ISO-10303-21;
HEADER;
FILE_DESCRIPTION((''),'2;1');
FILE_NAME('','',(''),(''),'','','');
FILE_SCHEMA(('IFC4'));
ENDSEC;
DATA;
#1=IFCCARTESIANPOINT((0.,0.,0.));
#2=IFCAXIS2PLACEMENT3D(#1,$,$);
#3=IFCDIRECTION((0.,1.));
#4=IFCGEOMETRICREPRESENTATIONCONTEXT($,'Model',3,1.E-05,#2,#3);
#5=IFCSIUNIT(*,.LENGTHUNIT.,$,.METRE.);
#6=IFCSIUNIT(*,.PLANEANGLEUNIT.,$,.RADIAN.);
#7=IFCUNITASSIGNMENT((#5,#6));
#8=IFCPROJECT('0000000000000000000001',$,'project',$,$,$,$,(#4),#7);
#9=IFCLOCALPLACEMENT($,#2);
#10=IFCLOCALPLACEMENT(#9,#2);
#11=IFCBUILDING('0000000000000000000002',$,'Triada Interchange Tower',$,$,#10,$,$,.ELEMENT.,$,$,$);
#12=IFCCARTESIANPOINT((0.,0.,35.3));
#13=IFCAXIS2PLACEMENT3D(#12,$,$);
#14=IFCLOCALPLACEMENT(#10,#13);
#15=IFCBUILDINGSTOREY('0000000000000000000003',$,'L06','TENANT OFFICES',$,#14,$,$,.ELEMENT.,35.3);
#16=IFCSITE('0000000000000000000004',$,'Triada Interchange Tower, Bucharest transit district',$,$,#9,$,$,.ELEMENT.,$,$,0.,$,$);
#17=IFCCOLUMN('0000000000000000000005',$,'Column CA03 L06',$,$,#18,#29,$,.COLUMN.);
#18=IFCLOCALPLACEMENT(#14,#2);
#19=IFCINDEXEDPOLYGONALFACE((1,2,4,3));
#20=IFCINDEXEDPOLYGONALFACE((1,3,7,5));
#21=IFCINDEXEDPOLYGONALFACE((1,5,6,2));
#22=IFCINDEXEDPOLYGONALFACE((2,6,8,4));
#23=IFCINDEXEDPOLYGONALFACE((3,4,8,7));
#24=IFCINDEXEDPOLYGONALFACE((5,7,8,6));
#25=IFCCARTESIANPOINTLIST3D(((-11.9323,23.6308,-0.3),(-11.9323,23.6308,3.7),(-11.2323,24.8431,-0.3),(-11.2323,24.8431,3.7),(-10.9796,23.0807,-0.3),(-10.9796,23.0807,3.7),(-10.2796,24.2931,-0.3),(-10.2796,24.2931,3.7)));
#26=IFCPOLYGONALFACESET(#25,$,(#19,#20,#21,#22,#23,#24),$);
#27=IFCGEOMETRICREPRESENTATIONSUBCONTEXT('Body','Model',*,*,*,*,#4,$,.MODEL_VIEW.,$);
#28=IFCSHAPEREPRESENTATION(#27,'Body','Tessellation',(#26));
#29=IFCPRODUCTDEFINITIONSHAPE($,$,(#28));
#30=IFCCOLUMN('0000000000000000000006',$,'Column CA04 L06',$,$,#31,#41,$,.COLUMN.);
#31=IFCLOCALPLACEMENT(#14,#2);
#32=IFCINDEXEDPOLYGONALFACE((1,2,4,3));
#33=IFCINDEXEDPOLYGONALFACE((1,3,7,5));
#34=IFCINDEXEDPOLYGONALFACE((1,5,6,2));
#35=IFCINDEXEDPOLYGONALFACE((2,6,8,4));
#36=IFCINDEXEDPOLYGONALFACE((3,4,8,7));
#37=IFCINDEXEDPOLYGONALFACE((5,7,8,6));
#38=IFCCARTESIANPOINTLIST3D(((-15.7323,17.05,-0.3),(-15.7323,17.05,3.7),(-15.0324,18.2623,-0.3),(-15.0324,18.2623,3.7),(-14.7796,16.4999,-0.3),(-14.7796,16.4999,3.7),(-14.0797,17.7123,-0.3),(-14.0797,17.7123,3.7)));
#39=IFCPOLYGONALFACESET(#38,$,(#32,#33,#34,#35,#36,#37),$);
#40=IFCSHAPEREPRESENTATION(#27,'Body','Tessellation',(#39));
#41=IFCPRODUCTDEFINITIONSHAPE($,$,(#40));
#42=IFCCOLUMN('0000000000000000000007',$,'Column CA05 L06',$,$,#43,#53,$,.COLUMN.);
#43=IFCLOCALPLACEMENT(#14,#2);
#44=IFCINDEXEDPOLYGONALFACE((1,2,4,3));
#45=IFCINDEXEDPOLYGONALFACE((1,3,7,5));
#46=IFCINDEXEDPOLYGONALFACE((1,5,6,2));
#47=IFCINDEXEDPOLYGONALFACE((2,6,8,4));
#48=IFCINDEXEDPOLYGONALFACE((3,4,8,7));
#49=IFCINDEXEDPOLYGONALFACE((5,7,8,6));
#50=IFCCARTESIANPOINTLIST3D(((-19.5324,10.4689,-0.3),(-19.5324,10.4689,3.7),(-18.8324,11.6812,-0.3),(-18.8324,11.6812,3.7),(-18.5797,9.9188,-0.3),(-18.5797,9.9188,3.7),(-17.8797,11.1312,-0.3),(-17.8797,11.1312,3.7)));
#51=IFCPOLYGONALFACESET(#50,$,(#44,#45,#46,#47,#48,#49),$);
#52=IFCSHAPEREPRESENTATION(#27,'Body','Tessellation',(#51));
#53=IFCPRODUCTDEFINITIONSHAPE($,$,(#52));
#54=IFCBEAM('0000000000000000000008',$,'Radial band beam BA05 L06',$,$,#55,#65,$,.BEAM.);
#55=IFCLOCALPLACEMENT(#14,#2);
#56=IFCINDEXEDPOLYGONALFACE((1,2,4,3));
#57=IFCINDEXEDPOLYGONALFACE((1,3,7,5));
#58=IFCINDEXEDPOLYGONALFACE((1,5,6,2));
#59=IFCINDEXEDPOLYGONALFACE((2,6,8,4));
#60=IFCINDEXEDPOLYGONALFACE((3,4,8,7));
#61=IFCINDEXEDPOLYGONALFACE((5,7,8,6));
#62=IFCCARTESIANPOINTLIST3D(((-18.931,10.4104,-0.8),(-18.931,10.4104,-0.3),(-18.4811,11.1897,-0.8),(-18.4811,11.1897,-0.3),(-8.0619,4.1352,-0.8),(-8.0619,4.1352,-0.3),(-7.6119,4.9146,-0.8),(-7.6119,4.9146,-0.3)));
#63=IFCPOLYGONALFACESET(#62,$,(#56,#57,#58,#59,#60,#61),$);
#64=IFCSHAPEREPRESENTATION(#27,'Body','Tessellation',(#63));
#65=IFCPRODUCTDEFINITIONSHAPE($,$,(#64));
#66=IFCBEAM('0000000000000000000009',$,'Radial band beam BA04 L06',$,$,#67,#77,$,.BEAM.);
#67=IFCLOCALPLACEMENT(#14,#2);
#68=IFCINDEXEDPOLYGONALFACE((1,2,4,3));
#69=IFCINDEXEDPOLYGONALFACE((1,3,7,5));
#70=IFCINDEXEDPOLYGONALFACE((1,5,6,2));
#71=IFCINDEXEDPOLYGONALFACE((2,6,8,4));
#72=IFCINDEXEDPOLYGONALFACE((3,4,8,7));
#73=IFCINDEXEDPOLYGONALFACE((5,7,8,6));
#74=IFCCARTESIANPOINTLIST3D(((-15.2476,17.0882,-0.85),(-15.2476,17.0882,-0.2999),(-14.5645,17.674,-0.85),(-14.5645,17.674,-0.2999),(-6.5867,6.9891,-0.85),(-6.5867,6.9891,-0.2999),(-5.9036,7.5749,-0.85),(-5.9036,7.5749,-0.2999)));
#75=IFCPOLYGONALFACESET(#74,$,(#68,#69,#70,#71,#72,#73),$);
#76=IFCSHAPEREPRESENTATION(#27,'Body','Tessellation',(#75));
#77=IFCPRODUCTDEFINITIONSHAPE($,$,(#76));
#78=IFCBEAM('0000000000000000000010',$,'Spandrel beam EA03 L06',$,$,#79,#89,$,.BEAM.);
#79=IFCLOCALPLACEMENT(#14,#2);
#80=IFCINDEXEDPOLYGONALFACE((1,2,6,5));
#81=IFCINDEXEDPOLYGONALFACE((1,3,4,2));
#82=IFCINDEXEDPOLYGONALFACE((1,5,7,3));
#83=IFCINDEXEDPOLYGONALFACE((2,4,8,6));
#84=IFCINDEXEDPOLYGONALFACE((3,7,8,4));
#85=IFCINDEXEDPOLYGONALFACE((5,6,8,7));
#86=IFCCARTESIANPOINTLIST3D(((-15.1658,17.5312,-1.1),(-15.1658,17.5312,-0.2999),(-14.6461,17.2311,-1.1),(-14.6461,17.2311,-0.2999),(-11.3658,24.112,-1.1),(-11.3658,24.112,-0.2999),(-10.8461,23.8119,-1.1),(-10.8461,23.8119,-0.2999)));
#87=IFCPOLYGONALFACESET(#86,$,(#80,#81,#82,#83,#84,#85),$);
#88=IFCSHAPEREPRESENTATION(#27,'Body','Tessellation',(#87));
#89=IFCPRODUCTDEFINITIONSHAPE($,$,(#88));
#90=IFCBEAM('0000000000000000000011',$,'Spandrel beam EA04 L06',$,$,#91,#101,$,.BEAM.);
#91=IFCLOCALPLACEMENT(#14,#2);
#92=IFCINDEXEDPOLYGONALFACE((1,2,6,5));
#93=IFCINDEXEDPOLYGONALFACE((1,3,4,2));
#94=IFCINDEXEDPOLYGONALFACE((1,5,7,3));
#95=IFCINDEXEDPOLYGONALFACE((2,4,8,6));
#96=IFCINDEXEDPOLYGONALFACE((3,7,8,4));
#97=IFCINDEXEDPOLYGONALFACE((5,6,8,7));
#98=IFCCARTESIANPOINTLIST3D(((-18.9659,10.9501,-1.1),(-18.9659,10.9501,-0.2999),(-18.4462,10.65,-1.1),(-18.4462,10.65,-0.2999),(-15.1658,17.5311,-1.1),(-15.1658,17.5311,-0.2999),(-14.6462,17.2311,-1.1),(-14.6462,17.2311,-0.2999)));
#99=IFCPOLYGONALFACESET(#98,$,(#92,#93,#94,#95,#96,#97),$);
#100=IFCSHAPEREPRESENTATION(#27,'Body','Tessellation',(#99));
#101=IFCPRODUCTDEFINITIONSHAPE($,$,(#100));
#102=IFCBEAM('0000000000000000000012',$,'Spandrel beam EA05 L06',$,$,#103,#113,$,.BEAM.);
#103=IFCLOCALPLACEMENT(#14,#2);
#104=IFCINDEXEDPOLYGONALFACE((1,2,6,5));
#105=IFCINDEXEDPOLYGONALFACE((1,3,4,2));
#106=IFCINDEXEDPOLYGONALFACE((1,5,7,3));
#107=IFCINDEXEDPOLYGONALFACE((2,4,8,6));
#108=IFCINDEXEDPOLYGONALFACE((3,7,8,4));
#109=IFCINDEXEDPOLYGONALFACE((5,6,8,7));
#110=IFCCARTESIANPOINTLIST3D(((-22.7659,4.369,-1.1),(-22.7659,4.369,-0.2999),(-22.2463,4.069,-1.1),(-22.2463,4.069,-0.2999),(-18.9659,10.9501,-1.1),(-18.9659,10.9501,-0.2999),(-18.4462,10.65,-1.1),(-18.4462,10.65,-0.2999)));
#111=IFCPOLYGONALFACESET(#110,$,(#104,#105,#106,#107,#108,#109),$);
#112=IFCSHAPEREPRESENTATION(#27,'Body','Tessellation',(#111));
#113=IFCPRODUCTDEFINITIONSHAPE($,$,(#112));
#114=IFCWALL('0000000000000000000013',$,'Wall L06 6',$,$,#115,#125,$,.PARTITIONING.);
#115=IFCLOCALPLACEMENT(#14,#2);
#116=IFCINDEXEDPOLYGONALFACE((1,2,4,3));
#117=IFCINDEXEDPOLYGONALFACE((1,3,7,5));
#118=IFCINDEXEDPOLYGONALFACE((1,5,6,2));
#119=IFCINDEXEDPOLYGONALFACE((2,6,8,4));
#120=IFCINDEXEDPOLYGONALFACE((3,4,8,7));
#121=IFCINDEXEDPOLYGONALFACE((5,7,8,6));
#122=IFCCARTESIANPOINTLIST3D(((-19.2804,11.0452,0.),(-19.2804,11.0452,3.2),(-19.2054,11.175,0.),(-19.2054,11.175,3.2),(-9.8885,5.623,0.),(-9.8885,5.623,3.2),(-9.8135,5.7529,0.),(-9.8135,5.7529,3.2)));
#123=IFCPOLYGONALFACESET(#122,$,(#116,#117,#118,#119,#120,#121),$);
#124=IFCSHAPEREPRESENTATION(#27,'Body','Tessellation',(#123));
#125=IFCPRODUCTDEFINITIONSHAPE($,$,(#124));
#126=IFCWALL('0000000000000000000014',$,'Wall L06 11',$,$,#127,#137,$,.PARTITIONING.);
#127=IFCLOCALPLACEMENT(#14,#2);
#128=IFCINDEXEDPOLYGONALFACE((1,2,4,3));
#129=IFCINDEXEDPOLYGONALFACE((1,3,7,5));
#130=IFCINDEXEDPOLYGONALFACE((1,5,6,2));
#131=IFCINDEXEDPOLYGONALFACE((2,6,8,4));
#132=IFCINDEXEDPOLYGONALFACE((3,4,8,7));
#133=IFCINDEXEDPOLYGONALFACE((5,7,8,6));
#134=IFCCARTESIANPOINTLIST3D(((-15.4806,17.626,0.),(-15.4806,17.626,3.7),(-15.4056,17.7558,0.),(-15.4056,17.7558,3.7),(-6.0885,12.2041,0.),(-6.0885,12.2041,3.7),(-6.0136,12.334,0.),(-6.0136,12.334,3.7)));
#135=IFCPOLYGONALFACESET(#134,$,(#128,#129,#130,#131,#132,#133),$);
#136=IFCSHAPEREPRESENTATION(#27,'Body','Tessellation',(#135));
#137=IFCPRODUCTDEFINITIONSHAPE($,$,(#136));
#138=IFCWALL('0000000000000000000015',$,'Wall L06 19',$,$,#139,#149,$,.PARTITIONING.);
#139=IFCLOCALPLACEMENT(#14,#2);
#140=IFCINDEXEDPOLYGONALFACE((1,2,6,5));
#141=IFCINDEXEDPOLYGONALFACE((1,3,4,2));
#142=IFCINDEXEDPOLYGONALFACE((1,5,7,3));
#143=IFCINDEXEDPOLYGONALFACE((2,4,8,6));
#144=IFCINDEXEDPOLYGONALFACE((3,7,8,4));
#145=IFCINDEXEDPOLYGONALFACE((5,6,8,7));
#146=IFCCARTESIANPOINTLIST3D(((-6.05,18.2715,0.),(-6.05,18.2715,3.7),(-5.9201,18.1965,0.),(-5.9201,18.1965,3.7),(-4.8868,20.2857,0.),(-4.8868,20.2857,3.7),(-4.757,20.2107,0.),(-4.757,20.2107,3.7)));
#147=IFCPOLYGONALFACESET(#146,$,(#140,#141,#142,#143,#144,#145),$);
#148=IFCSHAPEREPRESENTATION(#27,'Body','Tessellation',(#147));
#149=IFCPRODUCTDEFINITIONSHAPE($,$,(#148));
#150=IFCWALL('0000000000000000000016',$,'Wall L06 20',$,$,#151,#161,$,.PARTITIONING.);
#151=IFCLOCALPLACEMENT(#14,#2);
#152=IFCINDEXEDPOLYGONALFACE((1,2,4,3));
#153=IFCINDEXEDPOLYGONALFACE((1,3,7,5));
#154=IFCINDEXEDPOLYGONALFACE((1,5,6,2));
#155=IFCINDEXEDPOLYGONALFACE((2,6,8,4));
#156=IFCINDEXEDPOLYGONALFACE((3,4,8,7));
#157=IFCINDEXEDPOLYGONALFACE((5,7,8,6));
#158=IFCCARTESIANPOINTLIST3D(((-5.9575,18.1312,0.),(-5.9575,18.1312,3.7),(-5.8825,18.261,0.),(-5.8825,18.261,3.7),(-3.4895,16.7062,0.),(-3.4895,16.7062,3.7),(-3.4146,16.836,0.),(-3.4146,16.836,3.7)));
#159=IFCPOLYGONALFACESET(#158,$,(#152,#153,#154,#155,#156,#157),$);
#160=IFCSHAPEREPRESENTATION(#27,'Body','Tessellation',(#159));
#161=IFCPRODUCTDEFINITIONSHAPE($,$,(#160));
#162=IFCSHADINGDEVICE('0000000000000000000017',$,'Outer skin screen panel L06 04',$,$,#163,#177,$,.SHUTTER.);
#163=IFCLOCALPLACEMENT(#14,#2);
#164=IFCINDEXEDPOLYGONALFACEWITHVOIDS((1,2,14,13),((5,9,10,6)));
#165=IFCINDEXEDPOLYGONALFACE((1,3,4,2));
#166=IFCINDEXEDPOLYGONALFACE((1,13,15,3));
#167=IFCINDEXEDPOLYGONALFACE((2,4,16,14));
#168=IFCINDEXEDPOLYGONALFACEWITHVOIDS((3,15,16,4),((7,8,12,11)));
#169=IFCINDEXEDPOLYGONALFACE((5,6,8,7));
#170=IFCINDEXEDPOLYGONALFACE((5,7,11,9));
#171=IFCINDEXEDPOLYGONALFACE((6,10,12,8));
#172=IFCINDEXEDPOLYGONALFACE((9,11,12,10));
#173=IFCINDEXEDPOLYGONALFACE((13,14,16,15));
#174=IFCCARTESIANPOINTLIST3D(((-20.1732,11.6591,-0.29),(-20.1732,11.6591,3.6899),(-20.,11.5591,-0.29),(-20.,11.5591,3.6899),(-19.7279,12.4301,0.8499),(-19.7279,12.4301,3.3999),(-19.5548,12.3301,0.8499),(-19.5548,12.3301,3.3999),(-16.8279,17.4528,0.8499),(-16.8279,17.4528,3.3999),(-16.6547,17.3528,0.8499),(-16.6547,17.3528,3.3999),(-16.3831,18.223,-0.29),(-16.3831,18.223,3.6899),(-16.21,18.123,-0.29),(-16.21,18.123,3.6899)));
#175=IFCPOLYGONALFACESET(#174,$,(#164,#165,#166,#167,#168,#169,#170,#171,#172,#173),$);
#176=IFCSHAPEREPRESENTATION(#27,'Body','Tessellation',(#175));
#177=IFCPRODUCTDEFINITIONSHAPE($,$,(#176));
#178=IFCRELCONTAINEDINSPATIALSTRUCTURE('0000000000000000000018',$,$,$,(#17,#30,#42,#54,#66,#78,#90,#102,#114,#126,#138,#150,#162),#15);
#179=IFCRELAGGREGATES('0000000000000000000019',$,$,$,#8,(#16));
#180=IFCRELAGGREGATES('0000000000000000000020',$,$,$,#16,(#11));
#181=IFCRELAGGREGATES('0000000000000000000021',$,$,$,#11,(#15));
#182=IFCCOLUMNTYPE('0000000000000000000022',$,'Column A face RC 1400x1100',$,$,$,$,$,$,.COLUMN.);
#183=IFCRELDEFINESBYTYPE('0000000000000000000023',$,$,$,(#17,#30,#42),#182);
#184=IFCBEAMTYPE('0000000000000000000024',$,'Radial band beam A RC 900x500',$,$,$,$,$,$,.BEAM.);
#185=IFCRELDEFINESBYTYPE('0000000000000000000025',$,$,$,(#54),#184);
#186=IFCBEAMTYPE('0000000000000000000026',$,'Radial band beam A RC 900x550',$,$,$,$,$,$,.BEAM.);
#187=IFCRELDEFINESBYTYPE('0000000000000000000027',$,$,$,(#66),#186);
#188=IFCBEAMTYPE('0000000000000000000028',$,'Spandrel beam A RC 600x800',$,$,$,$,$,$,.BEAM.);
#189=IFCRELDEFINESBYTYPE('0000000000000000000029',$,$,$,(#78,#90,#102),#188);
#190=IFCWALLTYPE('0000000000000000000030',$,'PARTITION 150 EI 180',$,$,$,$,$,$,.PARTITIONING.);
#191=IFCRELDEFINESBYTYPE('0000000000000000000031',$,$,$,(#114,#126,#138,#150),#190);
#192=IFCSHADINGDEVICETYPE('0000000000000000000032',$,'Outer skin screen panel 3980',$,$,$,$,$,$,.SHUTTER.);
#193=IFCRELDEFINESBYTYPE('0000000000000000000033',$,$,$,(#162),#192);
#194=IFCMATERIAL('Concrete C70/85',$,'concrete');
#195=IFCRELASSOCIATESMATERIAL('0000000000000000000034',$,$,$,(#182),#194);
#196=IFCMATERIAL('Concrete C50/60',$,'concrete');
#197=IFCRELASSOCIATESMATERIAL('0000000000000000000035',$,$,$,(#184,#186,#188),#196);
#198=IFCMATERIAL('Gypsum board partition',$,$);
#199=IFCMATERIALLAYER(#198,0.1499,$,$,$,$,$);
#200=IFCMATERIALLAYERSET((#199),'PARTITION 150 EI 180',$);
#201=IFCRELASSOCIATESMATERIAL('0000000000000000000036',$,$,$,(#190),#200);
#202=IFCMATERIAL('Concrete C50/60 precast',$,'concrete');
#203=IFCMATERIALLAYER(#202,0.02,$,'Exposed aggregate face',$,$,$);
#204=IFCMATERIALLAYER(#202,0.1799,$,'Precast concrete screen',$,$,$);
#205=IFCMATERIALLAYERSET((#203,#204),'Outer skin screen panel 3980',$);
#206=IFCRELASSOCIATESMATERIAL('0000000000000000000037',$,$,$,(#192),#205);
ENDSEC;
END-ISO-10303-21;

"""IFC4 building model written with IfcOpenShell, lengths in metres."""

from ifc_helpers import new_model, si_unit, direction, frame, frame_2d, origin, origin_2d, place, context, subcontext, project, spatial, polyline, rectangle, outline, extrude, material, layer, layer_set, material_profile, profile_set, type_object, element, save


model = new_model("IFC4")

# Units and contexts
model_context = context("Model", 3, precision=1e-05, world=origin(), true_north=direction((0.0, 1.0)))
body_context = subcontext(model_context, "Body", "Model", "MODEL_VIEW")
ifc_project = project(units=[si_unit("LENGTHUNIT", "METRE"), si_unit("PLANEANGLEUNIT", "RADIAN")], contexts=[model_context])

# Site, building, storey
site_placement = place(None, origin())
site = spatial("IfcSite", under=ifc_project, at=site_placement, Name="Triada Interchange Tower, Bucharest transit district", CompositionType="ELEMENT", RefElevation=0.0)
building_placement = place(site_placement, origin())
building = spatial("IfcBuilding", under=site, at=building_placement, Name="Triada Interchange Tower", CompositionType="ELEMENT")
storey_placement = place(building_placement, frame((0.0, 0.0, 35.3)))
storey = spatial("IfcBuildingStorey", under=building, at=storey_placement, Name="L06", Description="TENANT OFFICES", CompositionType="ELEMENT", Elevation=35.3)

# Columns
ifc_material_1 = material(Name="Concrete C70/85", Category="concrete")
ifc_material_profile_1 = material_profile(ifc_material_1, rectangle(XDim=1.3999, YDim=1.1001, at=origin_2d()), Name="RC 1400x1100")
ifc_profile_set_1 = profile_set([ifc_material_profile_1], Name="Concrete C70/85")
column_type = type_object("IfcColumnType", Name="Column A face RC 1400x1100", PredefinedType="COLUMN", material=ifc_profile_set_1)
for number, where, z_axis, x_axis, name in (
    (1, (-11.106, 23.9619, -0.3), (0.0, 0.0, 1.0), (0.5, 0.866025, 0.0), "Column CA03 L06"),
    (2, (-14.906, 17.3811, -0.3), (0.0, 0.0, 1.0), (0.5, 0.866025, 0.0), "Column CA04 L06"),
    (3, (-18.7061, 10.8, -0.3), (0.0, 0.0, 1.0), (0.5, 0.866025, 0.0), "Column CA05 L06"),
):
    element("IfcColumn", number, at=place(storey_placement, frame(where, z_axis=z_axis, x_axis=x_axis)), inside=storey, type_object=column_type, Name=name, PredefinedType="COLUMN", context=body_context, shape_type="SweptSolid", body=[
        extrude(rectangle(XDim=1.3999, YDim=1.1001, at=origin_2d()), origin(), (0.0, 0.0, 1.0), 4.0),
    ])

# Beams
ifc_material_2 = material(Name="Concrete C50/60", Category="concrete")
ifc_material_profile_2 = material_profile(ifc_material_2, rectangle(XDim=0.8999, YDim=0.5, at=origin_2d()), Name="RC 900x500")
ifc_profile_set_2 = profile_set([ifc_material_profile_2], Name="Concrete C50/60")
beam_type_1 = type_object("IfcBeamType", Name="Radial band beam A RC 900x500", PredefinedType="BEAM", material=ifc_profile_set_2)
beam_1_placement = place(storey_placement, frame((-18.7061, 10.8, -0.55), z_axis=(0.866031, -0.499991, 0.0), x_axis=(0.499991, 0.866031, 0.0)))
element("IfcBeam", 4, at=beam_1_placement, inside=storey, type_object=beam_type_1, Name="Radial band beam BA05 L06", PredefinedType="BEAM", context=body_context, shape_type="SweptSolid", body=[
    extrude(rectangle(XDim=0.8999, YDim=0.5, at=origin_2d()), origin(), (0.0, 0.0, 1.0), 12.5505),
])
ifc_material_profile_3 = material_profile(ifc_material_2, rectangle(XDim=0.8999, YDim=0.55, at=origin_2d()), Name="RC 900x550")
ifc_profile_set_3 = profile_set([ifc_material_profile_3], Name="Concrete C50/60")
beam_type_2 = type_object("IfcBeamType", Name="Radial band beam A RC 900x550", PredefinedType="BEAM", material=ifc_profile_set_3)
beam_2_placement = place(storey_placement, frame((-14.906, 17.3811, -0.575), z_axis=(0.650986, -0.759089, 0.0), x_axis=(0.759089, 0.650986, 0.0)))
element("IfcBeam", 5, at=beam_2_placement, inside=storey, type_object=beam_type_2, Name="Radial band beam BA04 L06", PredefinedType="BEAM", context=body_context, shape_type="SweptSolid", body=[
    extrude(rectangle(XDim=0.8999, YDim=0.55, at=origin_2d()), origin(), (0.0, 0.0, 1.0), 13.3042),
])
ifc_material_profile_4 = material_profile(ifc_material_2, rectangle(XDim=0.6001, YDim=0.8, at=origin_2d()), Name="RC 600x800")
ifc_profile_set_4 = profile_set([ifc_material_profile_4], Name="Concrete C50/60")
beam_type_3 = type_object("IfcBeamType", Name="Spandrel beam A RC 600x800", PredefinedType="BEAM", material=ifc_profile_set_4)
beam_3_placement = place(storey_placement, frame((-11.106, 23.9619, -0.7), z_axis=(-0.500061, -0.86599, 0.0), x_axis=(0.86599, -0.500061, 0.0)))
element("IfcBeam", 6, at=beam_3_placement, inside=storey, type_object=beam_type_3, Name="Spandrel beam EA03 L06", PredefinedType="BEAM", context=body_context, shape_type="SweptSolid", body=[
    extrude(rectangle(XDim=0.6001, YDim=0.8, at=origin_2d()), origin(), (0.0, 0.0, 1.0), 7.5991),
])
for number, where, z_axis, x_axis, name in (
    (7, (-14.906, 17.3811, -0.7), (-0.500047, -0.865998, 0.0), (0.865998, -0.500047, 0.0), "Spandrel beam EA04 L06"),
    (8, (-18.7061, 10.8, -0.7), (-0.500047, -0.865998, 0.0), (0.865998, -0.500047, 0.0), "Spandrel beam EA05 L06"),
):
    element("IfcBeam", number, at=place(storey_placement, frame(where, z_axis=z_axis, x_axis=x_axis)), inside=storey, type_object=beam_type_3, Name=name, PredefinedType="BEAM", context=body_context, shape_type="SweptSolid", body=[
        extrude(rectangle(XDim=0.6001, YDim=0.8, at=origin_2d()), origin(), (0.0, 0.0, 1.0), 7.5994),
    ])

# Walls
ifc_material_3 = material(Name="Gypsum board partition")
ifc_layer_1 = layer(ifc_material_3, 0.1499)
ifc_layer_set_1 = layer_set([ifc_layer_1], Name="PARTITION 150 EI 180")
wall_type_1 = type_object("IfcWallType", Name="PARTITION 150 EI 180", PredefinedType="PARTITIONING", material=ifc_layer_set_1)
wall_1_placement = place(storey_placement, frame((-19.2429, 11.1101, 0.0), z_axis=(0.0, 0.0, 1.0), x_axis=(0.866036, -0.499982, 0.0)))
element("IfcWall", 9, at=wall_1_placement, inside=storey, type_object=wall_type_1, Name="Wall L06 6", PredefinedType="PARTITIONING", context=body_context, shape_type="SweptSolid", body=[
    extrude(rectangle(XDim=10.8447, YDim=0.1499, at=frame_2d((5.4224, 0.0))), origin(), (0.0, 0.0, 1.0), 3.2),
])
wall_2_placement = place(storey_placement, frame((-15.4431, 17.6909, 0.0), z_axis=(0.0, 0.0, 1.0), x_axis=(0.866051, -0.499955, 0.0)))
element("IfcWall", 10, at=wall_2_placement, inside=storey, type_object=wall_type_1, Name="Wall L06 11", PredefinedType="PARTITIONING", context=body_context, shape_type="SweptSolid", body=[
    extrude(rectangle(XDim=10.8447, YDim=0.1499, at=frame_2d((5.4224, 0.0))), origin(), (0.0, 0.0, 1.0), 3.7),
])
wall_3_placement = place(storey_placement, frame((-5.9851, 18.2339, 0.0), z_axis=(0.0, 0.0, 1.0), x_axis=(0.500068, 0.865986, 0.0)))
element("IfcWall", 11, at=wall_3_placement, inside=storey, type_object=wall_type_1, Name="Wall L06 19", PredefinedType="PARTITIONING", context=body_context, shape_type="SweptSolid", body=[
    extrude(rectangle(XDim=2.3259, YDim=0.1499, at=frame_2d((1.1631, 0.0))), origin(), (0.0, 0.0, 1.0), 3.7),
])
wall_4_placement = place(storey_placement, frame((-5.9199, 18.196, 0.0), z_axis=(0.0, 0.0, 1.0), x_axis=(0.866004, -0.500036, 0.0)))
element("IfcWall", 12, at=wall_4_placement, inside=storey, type_object=wall_type_1, Name="Wall L06 20", PredefinedType="PARTITIONING", context=body_context, shape_type="SweptSolid", body=[
    extrude(rectangle(XDim=2.8499, YDim=0.1499, at=frame_2d((1.4248, 0.0))), origin(), (0.0, 0.0, 1.0), 3.7),
])

# Shading device
ifc_material_4 = material(Name="Concrete C50/60 precast", Category="concrete")
ifc_layer_2 = layer(ifc_material_4, 0.02, Name="Exposed aggregate face")
ifc_layer_3 = layer(ifc_material_4, 0.1799, Name="Precast concrete screen")
ifc_layer_set_2 = layer_set([ifc_layer_2, ifc_layer_3], Name="Outer skin screen panel 3980")
shading_device_type = type_object("IfcShadingDeviceType", Name="Outer skin screen panel 3980", PredefinedType="SHUTTER", material=ifc_layer_set_2)
shading_device_1_placement = place(storey_placement, frame((-16.21, 18.123, -0.29), z_axis=(0.0, 0.0, 1.0), x_axis=(-0.500033, -0.866006, 0.0)))
element("IfcShadingDevice", 13, at=shading_device_1_placement, inside=storey, type_object=shading_device_type, Name="Outer skin screen panel L06 04", PredefinedType="SHUTTER", context=body_context, shape_type="SweptSolid", body=[
    extrude(outline(polyline([(0.0, 0.0), (7.5796, 0.0), (7.5796, 3.98), (0.0, 3.98), (0.0, 0.0)]), holes=[polyline([(0.8894, 1.1399), (0.8894, 3.6899), (6.6892, 3.6899), (6.6892, 1.1399), (0.8894, 1.1399)])]), frame((0.0, 0.0, 0.0), z_axis=(0.0, -1.0, 0.0), x_axis=(1.0, 0.0, 0.0)), (0.0, 0.0, 1.0), 0.2),
])

save(model, "model.ifc")
